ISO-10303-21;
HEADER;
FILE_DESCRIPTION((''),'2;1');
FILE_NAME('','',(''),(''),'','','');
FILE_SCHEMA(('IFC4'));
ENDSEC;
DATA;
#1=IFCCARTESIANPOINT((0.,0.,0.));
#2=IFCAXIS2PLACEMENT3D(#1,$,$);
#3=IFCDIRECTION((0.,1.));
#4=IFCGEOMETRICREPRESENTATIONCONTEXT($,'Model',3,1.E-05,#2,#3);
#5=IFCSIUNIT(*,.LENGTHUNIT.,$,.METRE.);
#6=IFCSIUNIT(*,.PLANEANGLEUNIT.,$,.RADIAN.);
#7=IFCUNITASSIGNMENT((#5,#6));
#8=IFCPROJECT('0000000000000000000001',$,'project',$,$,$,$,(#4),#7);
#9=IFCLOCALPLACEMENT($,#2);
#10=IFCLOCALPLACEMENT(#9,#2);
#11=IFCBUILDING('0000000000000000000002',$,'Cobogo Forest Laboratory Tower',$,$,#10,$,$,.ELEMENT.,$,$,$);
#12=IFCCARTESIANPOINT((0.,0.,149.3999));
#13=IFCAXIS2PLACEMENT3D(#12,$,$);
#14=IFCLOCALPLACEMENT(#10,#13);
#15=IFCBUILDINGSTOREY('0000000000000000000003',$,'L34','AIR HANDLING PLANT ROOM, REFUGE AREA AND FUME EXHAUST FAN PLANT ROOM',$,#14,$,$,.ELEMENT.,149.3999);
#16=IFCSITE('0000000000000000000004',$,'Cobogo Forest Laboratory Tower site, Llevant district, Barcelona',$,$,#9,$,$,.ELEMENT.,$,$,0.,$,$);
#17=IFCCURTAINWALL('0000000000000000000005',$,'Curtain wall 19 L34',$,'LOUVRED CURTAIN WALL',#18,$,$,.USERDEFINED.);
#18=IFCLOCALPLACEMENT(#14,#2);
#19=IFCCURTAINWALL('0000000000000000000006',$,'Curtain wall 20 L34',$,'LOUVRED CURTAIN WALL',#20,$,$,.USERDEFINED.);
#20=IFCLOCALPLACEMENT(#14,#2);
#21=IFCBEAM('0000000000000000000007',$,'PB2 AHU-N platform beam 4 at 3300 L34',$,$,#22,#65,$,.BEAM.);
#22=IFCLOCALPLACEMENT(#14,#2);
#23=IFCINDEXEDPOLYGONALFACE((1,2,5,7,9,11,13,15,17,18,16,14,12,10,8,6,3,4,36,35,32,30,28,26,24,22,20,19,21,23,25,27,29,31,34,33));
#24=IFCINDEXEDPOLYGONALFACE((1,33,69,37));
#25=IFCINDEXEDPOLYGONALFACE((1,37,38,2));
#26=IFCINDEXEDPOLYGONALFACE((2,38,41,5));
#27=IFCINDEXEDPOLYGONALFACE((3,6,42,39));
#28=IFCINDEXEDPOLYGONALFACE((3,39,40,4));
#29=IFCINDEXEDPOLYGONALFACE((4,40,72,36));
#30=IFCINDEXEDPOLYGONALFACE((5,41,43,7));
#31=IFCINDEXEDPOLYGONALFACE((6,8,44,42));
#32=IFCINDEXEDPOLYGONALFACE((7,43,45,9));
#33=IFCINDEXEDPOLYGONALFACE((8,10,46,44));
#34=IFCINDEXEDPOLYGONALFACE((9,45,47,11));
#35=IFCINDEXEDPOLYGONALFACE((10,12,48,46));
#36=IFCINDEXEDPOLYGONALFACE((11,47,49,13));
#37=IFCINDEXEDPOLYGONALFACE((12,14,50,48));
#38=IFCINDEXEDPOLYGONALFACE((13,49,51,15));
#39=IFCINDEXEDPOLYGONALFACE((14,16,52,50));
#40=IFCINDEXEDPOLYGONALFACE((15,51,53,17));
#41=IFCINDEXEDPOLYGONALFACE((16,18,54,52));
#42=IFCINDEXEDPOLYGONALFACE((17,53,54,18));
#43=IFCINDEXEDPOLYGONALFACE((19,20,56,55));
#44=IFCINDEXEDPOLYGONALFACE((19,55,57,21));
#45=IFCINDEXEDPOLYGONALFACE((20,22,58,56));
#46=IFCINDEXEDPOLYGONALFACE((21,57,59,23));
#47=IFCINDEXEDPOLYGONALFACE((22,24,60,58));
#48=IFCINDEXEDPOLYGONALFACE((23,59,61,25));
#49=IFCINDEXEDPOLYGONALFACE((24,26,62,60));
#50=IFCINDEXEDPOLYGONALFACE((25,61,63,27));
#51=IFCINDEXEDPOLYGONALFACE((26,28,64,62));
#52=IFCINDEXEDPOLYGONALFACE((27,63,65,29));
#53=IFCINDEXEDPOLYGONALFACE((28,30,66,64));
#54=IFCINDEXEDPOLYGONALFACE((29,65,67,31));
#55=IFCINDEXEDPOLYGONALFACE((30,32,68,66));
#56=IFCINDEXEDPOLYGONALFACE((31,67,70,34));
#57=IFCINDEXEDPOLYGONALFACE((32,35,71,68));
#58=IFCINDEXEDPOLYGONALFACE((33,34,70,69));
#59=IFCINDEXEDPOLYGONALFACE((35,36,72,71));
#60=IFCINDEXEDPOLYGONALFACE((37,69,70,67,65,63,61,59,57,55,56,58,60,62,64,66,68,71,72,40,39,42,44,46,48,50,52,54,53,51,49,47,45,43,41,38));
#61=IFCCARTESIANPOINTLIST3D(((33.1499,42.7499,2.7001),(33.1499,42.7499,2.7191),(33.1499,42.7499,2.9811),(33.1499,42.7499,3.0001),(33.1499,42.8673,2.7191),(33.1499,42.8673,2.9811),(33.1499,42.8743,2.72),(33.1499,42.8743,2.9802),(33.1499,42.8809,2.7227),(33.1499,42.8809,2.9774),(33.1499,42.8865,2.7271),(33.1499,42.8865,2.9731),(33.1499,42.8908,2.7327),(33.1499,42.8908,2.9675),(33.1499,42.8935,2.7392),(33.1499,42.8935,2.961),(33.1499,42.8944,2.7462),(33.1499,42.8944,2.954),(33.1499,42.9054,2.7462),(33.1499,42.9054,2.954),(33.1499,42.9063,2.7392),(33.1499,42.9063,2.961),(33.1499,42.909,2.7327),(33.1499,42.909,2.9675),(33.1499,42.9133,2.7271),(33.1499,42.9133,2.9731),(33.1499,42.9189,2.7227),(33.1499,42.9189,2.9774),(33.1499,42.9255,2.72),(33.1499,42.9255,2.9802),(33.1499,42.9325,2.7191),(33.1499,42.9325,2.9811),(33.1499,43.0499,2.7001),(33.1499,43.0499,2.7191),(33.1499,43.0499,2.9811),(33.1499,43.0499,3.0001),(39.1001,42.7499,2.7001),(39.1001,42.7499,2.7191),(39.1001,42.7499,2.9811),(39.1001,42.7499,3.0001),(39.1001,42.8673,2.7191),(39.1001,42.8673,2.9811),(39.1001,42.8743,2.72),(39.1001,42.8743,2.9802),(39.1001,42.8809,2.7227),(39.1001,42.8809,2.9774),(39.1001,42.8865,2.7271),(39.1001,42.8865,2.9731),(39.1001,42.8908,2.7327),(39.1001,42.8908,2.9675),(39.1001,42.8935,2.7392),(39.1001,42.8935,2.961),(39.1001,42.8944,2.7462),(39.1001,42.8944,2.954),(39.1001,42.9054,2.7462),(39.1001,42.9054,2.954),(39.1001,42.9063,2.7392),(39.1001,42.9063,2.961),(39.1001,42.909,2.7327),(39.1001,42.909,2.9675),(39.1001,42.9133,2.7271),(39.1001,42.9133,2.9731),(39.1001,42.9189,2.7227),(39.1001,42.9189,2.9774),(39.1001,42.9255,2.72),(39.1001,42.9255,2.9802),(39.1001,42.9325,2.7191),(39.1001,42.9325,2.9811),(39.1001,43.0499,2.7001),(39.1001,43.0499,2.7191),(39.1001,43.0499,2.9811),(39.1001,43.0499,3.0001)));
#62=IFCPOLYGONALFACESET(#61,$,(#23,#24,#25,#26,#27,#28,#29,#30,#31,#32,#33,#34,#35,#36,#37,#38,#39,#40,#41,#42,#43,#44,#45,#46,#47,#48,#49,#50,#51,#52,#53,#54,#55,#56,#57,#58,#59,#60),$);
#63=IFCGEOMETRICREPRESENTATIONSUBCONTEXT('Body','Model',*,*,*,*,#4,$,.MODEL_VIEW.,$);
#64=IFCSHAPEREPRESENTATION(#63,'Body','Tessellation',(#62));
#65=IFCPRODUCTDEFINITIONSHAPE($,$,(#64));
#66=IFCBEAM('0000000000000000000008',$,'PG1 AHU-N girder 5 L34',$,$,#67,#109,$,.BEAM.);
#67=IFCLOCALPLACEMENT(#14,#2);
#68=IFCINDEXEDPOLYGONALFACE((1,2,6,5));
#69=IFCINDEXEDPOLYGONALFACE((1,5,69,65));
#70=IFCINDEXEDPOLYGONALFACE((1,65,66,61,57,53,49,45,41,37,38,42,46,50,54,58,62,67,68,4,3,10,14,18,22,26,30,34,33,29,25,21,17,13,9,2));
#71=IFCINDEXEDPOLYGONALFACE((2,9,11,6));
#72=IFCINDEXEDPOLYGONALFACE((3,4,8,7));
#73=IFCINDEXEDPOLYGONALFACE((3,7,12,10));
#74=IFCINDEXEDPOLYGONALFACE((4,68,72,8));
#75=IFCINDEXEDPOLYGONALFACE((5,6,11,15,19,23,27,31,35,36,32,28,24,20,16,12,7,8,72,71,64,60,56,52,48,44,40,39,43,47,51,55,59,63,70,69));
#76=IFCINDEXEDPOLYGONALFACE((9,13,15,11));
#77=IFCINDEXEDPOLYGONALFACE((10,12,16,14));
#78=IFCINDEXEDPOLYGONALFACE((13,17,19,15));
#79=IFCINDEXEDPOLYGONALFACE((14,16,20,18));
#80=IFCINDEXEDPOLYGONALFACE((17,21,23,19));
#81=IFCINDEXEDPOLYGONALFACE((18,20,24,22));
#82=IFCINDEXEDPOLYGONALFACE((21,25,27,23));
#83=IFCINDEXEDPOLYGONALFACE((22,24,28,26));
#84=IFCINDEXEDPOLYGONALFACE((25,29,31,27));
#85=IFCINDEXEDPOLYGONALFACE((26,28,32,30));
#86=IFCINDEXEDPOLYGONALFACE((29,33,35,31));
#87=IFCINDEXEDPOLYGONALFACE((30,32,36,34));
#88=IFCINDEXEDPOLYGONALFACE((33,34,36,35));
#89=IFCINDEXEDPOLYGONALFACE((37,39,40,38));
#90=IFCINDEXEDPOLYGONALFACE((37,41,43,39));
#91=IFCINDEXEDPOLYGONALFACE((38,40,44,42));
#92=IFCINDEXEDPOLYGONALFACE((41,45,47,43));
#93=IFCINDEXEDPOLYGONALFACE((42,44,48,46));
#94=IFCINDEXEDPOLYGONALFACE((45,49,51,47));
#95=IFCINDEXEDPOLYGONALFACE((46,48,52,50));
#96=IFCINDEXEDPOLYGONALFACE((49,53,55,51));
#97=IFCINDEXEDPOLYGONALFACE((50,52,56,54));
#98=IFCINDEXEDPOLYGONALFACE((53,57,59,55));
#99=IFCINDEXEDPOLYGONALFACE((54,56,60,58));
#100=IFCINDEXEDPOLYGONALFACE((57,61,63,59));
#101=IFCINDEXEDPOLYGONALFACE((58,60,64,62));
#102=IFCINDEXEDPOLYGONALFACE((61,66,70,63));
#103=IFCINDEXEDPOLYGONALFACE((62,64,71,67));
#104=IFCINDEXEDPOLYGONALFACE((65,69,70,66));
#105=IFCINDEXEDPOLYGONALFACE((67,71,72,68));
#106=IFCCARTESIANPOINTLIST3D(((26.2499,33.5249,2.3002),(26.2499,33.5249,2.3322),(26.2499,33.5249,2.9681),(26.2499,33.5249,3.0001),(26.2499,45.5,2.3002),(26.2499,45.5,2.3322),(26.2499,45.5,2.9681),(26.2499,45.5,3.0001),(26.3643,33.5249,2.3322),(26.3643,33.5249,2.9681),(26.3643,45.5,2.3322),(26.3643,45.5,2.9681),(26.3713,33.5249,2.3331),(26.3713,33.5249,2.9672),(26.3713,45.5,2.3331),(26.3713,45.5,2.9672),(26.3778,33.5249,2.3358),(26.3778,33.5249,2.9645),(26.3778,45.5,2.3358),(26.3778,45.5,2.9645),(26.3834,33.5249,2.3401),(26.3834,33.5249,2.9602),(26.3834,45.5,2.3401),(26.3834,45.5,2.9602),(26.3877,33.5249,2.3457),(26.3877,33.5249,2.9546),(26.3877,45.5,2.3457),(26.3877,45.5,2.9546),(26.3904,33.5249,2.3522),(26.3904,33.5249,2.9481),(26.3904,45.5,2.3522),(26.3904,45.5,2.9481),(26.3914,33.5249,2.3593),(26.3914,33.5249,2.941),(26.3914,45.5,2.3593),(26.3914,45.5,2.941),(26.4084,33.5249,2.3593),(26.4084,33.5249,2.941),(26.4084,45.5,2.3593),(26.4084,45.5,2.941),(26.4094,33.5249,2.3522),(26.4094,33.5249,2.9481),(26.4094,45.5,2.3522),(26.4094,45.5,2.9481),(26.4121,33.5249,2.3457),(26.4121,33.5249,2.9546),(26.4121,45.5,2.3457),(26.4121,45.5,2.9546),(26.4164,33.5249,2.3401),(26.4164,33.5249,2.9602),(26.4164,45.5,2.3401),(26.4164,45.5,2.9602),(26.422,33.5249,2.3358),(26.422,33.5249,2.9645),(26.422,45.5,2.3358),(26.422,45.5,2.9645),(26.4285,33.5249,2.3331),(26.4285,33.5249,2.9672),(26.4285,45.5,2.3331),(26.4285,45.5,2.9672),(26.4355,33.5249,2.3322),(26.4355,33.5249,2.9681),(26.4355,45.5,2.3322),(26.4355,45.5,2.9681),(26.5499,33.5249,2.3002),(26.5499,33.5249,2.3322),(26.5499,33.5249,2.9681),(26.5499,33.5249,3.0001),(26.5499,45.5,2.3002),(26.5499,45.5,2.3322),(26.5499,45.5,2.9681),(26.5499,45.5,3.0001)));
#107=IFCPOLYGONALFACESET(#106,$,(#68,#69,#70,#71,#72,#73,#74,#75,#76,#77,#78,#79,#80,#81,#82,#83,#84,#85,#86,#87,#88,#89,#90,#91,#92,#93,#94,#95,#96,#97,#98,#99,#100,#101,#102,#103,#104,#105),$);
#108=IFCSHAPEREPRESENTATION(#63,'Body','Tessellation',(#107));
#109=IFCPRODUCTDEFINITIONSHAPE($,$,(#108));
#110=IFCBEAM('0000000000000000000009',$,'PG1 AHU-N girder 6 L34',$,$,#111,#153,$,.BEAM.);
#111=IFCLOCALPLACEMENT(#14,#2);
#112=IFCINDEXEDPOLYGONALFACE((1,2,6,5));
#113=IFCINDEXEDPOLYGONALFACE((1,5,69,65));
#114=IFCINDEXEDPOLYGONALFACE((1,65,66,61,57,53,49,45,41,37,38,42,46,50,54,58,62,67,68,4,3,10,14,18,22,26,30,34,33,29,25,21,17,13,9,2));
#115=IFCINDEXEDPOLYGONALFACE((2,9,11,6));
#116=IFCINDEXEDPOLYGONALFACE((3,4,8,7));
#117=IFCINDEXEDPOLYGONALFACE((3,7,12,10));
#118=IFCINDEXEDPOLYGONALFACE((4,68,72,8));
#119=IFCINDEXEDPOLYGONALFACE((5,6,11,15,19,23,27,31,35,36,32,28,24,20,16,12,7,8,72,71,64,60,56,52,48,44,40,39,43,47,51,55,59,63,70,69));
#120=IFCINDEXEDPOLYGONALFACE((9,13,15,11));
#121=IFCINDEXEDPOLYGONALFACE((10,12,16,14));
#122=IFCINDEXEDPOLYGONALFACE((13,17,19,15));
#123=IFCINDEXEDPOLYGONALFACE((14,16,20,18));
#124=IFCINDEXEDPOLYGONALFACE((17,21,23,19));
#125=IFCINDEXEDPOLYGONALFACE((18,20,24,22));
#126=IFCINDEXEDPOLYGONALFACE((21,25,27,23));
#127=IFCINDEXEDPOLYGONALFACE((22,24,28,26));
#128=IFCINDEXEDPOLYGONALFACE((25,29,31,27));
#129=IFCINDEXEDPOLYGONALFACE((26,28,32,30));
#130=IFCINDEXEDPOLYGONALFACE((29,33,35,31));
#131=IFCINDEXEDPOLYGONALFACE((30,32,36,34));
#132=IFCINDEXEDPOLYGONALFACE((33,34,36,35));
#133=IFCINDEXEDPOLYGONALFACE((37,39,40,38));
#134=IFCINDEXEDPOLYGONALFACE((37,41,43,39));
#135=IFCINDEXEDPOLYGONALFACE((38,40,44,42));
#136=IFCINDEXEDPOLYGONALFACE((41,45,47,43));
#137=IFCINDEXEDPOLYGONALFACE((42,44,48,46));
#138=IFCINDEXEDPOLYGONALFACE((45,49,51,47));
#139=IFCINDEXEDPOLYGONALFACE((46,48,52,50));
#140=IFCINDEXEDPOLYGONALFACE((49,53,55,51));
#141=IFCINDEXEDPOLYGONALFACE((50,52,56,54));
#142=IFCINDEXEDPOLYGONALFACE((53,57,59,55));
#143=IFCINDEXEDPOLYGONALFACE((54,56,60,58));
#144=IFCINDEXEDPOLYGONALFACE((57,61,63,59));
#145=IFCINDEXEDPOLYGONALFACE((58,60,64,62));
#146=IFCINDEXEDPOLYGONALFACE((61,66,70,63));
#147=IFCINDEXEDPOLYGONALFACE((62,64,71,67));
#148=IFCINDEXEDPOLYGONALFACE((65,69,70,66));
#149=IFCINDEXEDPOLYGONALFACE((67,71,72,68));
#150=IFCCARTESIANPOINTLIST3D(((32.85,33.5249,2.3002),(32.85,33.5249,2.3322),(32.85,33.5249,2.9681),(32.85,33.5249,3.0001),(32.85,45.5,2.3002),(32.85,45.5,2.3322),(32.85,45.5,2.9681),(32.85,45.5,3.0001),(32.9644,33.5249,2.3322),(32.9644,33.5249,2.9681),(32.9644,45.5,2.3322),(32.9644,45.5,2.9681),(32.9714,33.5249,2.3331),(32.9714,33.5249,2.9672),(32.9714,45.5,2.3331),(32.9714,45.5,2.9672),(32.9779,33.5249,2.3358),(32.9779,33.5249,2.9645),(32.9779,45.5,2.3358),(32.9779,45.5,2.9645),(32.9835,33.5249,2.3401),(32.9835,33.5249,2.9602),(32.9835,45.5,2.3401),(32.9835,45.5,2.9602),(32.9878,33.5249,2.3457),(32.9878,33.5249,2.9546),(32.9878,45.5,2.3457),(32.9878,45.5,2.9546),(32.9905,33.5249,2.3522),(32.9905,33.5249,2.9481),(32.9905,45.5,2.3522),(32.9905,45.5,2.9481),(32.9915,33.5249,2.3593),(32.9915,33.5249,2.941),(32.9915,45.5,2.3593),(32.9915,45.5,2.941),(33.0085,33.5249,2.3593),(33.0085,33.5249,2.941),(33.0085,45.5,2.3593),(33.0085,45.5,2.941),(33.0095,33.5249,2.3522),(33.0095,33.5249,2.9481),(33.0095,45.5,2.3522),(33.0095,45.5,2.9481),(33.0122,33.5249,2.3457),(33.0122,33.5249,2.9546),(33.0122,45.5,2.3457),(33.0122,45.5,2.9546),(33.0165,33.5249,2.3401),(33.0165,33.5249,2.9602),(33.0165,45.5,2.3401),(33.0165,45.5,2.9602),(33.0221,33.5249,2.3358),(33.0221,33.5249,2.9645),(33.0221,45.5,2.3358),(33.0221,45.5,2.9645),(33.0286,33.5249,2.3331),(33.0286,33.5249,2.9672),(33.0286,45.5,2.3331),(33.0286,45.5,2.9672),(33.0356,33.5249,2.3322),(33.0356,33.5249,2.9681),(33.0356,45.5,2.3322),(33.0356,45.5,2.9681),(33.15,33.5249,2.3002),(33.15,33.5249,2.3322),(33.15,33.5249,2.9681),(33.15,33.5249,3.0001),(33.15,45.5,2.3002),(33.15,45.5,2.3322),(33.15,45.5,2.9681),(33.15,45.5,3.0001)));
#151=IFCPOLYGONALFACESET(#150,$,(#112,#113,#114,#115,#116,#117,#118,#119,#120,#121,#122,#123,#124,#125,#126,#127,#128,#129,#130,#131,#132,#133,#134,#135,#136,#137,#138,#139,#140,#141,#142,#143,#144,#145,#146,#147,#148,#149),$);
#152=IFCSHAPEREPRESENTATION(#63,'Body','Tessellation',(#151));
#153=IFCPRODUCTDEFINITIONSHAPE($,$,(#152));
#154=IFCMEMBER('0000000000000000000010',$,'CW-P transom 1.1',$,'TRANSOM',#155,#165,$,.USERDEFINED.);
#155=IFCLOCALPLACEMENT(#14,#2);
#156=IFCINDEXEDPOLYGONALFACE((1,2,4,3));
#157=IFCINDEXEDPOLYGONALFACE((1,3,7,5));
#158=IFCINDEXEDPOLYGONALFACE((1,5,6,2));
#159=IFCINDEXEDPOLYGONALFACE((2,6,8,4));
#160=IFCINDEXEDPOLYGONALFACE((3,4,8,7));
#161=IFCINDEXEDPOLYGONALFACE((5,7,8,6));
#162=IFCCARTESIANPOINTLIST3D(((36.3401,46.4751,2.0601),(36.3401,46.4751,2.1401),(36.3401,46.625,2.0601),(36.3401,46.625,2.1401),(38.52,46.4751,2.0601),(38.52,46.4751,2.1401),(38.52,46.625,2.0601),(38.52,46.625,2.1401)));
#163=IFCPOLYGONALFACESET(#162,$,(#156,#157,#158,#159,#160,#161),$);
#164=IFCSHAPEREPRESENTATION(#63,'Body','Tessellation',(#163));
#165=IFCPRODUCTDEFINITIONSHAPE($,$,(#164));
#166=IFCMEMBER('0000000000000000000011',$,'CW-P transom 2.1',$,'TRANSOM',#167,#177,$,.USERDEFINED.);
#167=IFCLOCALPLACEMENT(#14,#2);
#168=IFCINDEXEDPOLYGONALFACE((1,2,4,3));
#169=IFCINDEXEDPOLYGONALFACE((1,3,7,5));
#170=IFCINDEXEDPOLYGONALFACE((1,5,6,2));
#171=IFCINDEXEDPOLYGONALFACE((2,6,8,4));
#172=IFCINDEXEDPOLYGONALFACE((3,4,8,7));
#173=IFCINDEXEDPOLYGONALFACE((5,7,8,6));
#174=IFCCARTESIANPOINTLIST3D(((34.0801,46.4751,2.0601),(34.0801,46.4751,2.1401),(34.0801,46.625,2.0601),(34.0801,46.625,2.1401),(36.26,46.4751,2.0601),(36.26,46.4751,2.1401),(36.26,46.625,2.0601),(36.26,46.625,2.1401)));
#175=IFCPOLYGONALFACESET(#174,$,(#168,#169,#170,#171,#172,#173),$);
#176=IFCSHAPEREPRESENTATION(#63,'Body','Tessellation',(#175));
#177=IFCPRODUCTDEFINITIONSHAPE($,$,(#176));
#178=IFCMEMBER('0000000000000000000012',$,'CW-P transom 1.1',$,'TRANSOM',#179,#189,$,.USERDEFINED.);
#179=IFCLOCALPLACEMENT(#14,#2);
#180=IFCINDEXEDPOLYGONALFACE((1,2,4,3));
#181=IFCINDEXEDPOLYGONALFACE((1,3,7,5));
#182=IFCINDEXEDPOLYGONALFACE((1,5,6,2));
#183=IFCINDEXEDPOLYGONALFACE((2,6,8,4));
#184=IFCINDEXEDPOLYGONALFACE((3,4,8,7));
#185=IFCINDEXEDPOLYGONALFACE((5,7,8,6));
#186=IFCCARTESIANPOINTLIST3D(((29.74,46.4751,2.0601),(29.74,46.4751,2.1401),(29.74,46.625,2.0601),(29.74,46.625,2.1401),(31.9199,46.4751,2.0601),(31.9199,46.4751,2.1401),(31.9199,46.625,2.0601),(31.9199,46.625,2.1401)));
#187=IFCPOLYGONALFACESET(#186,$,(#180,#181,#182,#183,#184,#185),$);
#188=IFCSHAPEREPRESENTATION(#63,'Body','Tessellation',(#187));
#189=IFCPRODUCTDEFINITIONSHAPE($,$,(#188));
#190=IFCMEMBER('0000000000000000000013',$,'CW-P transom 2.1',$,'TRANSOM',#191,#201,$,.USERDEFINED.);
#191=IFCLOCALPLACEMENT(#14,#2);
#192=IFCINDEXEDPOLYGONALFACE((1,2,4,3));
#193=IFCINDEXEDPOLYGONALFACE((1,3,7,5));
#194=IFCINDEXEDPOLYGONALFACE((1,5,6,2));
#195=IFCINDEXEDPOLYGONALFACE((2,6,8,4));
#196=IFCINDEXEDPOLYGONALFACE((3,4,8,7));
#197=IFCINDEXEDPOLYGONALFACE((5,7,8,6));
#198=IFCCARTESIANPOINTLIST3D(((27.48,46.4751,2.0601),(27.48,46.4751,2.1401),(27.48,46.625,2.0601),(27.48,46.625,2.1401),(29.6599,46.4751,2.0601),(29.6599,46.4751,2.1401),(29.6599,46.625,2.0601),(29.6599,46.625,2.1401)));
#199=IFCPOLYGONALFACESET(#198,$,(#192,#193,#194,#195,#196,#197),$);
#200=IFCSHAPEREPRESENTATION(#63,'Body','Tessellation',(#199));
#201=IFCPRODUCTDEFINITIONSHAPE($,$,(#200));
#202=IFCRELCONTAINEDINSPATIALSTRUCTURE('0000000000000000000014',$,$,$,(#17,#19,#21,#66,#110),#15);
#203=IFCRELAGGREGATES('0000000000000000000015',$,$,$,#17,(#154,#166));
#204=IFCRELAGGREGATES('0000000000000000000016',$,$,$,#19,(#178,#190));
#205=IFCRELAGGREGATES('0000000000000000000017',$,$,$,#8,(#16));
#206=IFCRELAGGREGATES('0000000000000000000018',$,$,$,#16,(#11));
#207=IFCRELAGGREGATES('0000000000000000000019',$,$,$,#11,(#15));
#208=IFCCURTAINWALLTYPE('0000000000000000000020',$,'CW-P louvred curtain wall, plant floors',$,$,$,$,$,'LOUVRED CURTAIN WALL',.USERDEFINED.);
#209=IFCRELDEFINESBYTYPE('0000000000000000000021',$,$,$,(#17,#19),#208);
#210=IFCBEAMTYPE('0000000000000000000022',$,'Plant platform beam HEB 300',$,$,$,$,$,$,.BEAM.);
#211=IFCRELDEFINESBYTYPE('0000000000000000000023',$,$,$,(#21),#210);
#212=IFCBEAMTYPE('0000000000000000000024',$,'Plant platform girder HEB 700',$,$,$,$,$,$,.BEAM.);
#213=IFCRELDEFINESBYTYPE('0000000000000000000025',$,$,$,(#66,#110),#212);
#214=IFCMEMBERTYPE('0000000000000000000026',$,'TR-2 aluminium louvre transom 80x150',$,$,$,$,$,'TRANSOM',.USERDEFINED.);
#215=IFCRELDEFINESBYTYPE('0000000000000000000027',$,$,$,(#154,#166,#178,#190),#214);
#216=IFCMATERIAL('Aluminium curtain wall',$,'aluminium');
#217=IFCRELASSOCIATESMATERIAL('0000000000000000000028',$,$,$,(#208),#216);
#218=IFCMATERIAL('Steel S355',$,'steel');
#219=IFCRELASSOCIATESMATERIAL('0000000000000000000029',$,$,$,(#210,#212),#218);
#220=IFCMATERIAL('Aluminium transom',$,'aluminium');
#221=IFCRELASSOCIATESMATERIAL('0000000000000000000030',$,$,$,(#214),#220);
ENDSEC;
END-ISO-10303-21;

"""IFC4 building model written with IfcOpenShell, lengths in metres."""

from ifc_helpers import new_model, si_unit, direction, frame, origin, origin_2d, place, context, subcontext, project, spatial, rectangle, i_section, extrude, material, material_profile, profile_set, type_object, element, aggregate, save


model = new_model("IFC4")

# Units and contexts
model_context = context("Model", 3, precision=1e-05, world=origin(), true_north=direction((0.0, 1.0)))
body_context = subcontext(model_context, "Body", "Model", "MODEL_VIEW")
ifc_project = project(units=[si_unit("LENGTHUNIT", "METRE"), si_unit("PLANEANGLEUNIT", "RADIAN")], contexts=[model_context])

# Site, building, storey
site_placement = place(None, origin())
site = spatial("IfcSite", under=ifc_project, at=site_placement, Name="Cobogo Forest Laboratory Tower site, Llevant district, Barcelona", CompositionType="ELEMENT", RefElevation=0.0)
building_placement = place(site_placement, origin())
building = spatial("IfcBuilding", under=site, at=building_placement, Name="Cobogo Forest Laboratory Tower", CompositionType="ELEMENT")
storey_placement = place(building_placement, frame((0.0, 0.0, 149.3999)))
storey = spatial("IfcBuildingStorey", under=building, at=storey_placement, Name="L34", Description="AIR HANDLING PLANT ROOM, REFUGE AREA AND FUME EXHAUST FAN PLANT ROOM", CompositionType="ELEMENT", Elevation=149.3999)

# Curtain walls
ifc_material_1 = material(Name="Aluminium curtain wall", Category="aluminium")
curtain_wall_type = type_object("IfcCurtainWallType", Name="CW-P louvred curtain wall, plant floors", ElementType="LOUVRED CURTAIN WALL", PredefinedType="USERDEFINED", material=ifc_material_1)
curtain_wall_1_placement = place(storey_placement, origin())
curtain_wall_1 = element("IfcCurtainWall", 1, at=curtain_wall_1_placement, inside=storey, type_object=curtain_wall_type, Name="Curtain wall 19 L34", ObjectType="LOUVRED CURTAIN WALL", PredefinedType="USERDEFINED")
curtain_wall_2_placement = place(storey_placement, origin())
curtain_wall_2 = element("IfcCurtainWall", 2, at=curtain_wall_2_placement, inside=storey, type_object=curtain_wall_type, Name="Curtain wall 20 L34", ObjectType="LOUVRED CURTAIN WALL", PredefinedType="USERDEFINED")

# Shared definitions
ifc_material_2 = material(Name="Steel S355", Category="steel")

# Beams
ifc_material_profile_1 = material_profile(ifc_material_2, i_section(OverallWidth=0.3, OverallDepth=0.3, WebThickness=0.011, FlangeThickness=0.019, FilletRadius=0.0271, at=origin_2d()), Name="HEB 300")
ifc_profile_set_1 = profile_set([ifc_material_profile_1], Name="Steel S355")
beam_type_1 = type_object("IfcBeamType", Name="Plant platform beam HEB 300", PredefinedType="BEAM", material=ifc_profile_set_1)
beam_1_placement = place(storey_placement, frame((33.1499, 42.8999, 2.8501), z_axis=(1.0, 0.0, 0.0), x_axis=(0.0, 1.0, 0.0)))
element("IfcBeam", 3, at=beam_1_placement, inside=storey, type_object=beam_type_1, Name="PB2 AHU-N platform beam 4 at 3300 L34", PredefinedType="BEAM", context=body_context, shape_type="SweptSolid", body=[
    extrude(i_section(OverallWidth=0.3, OverallDepth=0.3, WebThickness=0.011, FlangeThickness=0.019, FilletRadius=0.0271, at=origin_2d()), origin(), (0.0, 0.0, 1.0), 5.9502),
])
ifc_material_profile_2 = material_profile(ifc_material_2, i_section(OverallWidth=0.3, OverallDepth=0.7, WebThickness=0.0171, FlangeThickness=0.032, FilletRadius=0.0271, at=origin_2d()), Name="HEB 700")
ifc_profile_set_2 = profile_set([ifc_material_profile_2], Name="Steel S355")
beam_type_2 = type_object("IfcBeamType", Name="Plant platform girder HEB 700", PredefinedType="BEAM", material=ifc_profile_set_2)
for number, where, z_axis, x_axis, name in (
    (4, (26.3999, 45.5, 2.6501), (0.0, -1.0, 0.0), (1.0, 0.0, 0.0), "PG1 AHU-N girder 5 L34"),
    (5, (33.0, 45.5, 2.6501), (0.0, -1.0, 0.0), (1.0, 0.0, 0.0), "PG1 AHU-N girder 6 L34"),
):
    element("IfcBeam", number, at=place(storey_placement, frame(where, z_axis=z_axis, x_axis=x_axis)), inside=storey, type_object=beam_type_2, Name=name, PredefinedType="BEAM", context=body_context, shape_type="SweptSolid", body=[
        extrude(i_section(OverallWidth=0.3, OverallDepth=0.7, WebThickness=0.0171, FlangeThickness=0.032, FilletRadius=0.0271, at=origin_2d()), origin(), (0.0, 0.0, 1.0), 11.9751),
    ])

# Members
ifc_material_3 = material(Name="Aluminium transom", Category="aluminium")
ifc_material_profile_3 = material_profile(ifc_material_3, rectangle(XDim=0.1499, YDim=0.0801, at=origin_2d()), Name="AL 80x150")
ifc_profile_set_3 = profile_set([ifc_material_profile_3], Name="Aluminium transom")
member_type_1 = type_object("IfcMemberType", Name="TR-2 aluminium louvre transom 80x150", ElementType="TRANSOM", PredefinedType="USERDEFINED", material=ifc_profile_set_3)
member_1_placement = place(storey_placement, frame((38.52, 46.55, 2.1001), z_axis=(-1.0, 0.0, 0.0), x_axis=(0.0, -1.0, 0.0)))
member_1 = element("IfcMember", 6, at=member_1_placement, type_object=member_type_1, Name="CW-P transom 1.1", ObjectType="TRANSOM", PredefinedType="USERDEFINED", context=body_context, shape_type="SweptSolid", body=[
    extrude(rectangle(XDim=0.1499, YDim=0.0801, at=origin_2d()), origin(), (0.0, 0.0, 1.0), 2.1799),
])
member_2_placement = place(storey_placement, frame((36.26, 46.55, 2.1001), z_axis=(-1.0, 0.0, 0.0), x_axis=(0.0, -1.0, 0.0)))
member_2 = element("IfcMember", 7, at=member_2_placement, type_object=member_type_1, Name="CW-P transom 2.1", ObjectType="TRANSOM", PredefinedType="USERDEFINED", context=body_context, shape_type="SweptSolid", body=[
    extrude(rectangle(XDim=0.1499, YDim=0.0801, at=origin_2d()), origin(), (0.0, 0.0, 1.0), 2.1799),
])
member_3_placement = place(storey_placement, frame((31.9199, 46.55, 2.1001), z_axis=(-1.0, 0.0, 0.0), x_axis=(0.0, -1.0, 0.0)))
member_3 = element("IfcMember", 8, at=member_3_placement, type_object=member_type_1, Name="CW-P transom 1.1", ObjectType="TRANSOM", PredefinedType="USERDEFINED", context=body_context, shape_type="SweptSolid", body=[
    extrude(rectangle(XDim=0.1499, YDim=0.0801, at=origin_2d()), origin(), (0.0, 0.0, 1.0), 2.1799),
])
member_4_placement = place(storey_placement, frame((29.6599, 46.55, 2.1001), z_axis=(-1.0, 0.0, 0.0), x_axis=(0.0, -1.0, 0.0)))
member_4 = element("IfcMember", 9, at=member_4_placement, type_object=member_type_1, Name="CW-P transom 2.1", ObjectType="TRANSOM", PredefinedType="USERDEFINED", context=body_context, shape_type="SweptSolid", body=[
    extrude(rectangle(XDim=0.1499, YDim=0.0801, at=origin_2d()), origin(), (0.0, 0.0, 1.0), 2.1799),
])

aggregate(curtain_wall_1, [member_1, member_2])
aggregate(curtain_wall_2, [member_3, member_4])

save(model, "model.ifc")
